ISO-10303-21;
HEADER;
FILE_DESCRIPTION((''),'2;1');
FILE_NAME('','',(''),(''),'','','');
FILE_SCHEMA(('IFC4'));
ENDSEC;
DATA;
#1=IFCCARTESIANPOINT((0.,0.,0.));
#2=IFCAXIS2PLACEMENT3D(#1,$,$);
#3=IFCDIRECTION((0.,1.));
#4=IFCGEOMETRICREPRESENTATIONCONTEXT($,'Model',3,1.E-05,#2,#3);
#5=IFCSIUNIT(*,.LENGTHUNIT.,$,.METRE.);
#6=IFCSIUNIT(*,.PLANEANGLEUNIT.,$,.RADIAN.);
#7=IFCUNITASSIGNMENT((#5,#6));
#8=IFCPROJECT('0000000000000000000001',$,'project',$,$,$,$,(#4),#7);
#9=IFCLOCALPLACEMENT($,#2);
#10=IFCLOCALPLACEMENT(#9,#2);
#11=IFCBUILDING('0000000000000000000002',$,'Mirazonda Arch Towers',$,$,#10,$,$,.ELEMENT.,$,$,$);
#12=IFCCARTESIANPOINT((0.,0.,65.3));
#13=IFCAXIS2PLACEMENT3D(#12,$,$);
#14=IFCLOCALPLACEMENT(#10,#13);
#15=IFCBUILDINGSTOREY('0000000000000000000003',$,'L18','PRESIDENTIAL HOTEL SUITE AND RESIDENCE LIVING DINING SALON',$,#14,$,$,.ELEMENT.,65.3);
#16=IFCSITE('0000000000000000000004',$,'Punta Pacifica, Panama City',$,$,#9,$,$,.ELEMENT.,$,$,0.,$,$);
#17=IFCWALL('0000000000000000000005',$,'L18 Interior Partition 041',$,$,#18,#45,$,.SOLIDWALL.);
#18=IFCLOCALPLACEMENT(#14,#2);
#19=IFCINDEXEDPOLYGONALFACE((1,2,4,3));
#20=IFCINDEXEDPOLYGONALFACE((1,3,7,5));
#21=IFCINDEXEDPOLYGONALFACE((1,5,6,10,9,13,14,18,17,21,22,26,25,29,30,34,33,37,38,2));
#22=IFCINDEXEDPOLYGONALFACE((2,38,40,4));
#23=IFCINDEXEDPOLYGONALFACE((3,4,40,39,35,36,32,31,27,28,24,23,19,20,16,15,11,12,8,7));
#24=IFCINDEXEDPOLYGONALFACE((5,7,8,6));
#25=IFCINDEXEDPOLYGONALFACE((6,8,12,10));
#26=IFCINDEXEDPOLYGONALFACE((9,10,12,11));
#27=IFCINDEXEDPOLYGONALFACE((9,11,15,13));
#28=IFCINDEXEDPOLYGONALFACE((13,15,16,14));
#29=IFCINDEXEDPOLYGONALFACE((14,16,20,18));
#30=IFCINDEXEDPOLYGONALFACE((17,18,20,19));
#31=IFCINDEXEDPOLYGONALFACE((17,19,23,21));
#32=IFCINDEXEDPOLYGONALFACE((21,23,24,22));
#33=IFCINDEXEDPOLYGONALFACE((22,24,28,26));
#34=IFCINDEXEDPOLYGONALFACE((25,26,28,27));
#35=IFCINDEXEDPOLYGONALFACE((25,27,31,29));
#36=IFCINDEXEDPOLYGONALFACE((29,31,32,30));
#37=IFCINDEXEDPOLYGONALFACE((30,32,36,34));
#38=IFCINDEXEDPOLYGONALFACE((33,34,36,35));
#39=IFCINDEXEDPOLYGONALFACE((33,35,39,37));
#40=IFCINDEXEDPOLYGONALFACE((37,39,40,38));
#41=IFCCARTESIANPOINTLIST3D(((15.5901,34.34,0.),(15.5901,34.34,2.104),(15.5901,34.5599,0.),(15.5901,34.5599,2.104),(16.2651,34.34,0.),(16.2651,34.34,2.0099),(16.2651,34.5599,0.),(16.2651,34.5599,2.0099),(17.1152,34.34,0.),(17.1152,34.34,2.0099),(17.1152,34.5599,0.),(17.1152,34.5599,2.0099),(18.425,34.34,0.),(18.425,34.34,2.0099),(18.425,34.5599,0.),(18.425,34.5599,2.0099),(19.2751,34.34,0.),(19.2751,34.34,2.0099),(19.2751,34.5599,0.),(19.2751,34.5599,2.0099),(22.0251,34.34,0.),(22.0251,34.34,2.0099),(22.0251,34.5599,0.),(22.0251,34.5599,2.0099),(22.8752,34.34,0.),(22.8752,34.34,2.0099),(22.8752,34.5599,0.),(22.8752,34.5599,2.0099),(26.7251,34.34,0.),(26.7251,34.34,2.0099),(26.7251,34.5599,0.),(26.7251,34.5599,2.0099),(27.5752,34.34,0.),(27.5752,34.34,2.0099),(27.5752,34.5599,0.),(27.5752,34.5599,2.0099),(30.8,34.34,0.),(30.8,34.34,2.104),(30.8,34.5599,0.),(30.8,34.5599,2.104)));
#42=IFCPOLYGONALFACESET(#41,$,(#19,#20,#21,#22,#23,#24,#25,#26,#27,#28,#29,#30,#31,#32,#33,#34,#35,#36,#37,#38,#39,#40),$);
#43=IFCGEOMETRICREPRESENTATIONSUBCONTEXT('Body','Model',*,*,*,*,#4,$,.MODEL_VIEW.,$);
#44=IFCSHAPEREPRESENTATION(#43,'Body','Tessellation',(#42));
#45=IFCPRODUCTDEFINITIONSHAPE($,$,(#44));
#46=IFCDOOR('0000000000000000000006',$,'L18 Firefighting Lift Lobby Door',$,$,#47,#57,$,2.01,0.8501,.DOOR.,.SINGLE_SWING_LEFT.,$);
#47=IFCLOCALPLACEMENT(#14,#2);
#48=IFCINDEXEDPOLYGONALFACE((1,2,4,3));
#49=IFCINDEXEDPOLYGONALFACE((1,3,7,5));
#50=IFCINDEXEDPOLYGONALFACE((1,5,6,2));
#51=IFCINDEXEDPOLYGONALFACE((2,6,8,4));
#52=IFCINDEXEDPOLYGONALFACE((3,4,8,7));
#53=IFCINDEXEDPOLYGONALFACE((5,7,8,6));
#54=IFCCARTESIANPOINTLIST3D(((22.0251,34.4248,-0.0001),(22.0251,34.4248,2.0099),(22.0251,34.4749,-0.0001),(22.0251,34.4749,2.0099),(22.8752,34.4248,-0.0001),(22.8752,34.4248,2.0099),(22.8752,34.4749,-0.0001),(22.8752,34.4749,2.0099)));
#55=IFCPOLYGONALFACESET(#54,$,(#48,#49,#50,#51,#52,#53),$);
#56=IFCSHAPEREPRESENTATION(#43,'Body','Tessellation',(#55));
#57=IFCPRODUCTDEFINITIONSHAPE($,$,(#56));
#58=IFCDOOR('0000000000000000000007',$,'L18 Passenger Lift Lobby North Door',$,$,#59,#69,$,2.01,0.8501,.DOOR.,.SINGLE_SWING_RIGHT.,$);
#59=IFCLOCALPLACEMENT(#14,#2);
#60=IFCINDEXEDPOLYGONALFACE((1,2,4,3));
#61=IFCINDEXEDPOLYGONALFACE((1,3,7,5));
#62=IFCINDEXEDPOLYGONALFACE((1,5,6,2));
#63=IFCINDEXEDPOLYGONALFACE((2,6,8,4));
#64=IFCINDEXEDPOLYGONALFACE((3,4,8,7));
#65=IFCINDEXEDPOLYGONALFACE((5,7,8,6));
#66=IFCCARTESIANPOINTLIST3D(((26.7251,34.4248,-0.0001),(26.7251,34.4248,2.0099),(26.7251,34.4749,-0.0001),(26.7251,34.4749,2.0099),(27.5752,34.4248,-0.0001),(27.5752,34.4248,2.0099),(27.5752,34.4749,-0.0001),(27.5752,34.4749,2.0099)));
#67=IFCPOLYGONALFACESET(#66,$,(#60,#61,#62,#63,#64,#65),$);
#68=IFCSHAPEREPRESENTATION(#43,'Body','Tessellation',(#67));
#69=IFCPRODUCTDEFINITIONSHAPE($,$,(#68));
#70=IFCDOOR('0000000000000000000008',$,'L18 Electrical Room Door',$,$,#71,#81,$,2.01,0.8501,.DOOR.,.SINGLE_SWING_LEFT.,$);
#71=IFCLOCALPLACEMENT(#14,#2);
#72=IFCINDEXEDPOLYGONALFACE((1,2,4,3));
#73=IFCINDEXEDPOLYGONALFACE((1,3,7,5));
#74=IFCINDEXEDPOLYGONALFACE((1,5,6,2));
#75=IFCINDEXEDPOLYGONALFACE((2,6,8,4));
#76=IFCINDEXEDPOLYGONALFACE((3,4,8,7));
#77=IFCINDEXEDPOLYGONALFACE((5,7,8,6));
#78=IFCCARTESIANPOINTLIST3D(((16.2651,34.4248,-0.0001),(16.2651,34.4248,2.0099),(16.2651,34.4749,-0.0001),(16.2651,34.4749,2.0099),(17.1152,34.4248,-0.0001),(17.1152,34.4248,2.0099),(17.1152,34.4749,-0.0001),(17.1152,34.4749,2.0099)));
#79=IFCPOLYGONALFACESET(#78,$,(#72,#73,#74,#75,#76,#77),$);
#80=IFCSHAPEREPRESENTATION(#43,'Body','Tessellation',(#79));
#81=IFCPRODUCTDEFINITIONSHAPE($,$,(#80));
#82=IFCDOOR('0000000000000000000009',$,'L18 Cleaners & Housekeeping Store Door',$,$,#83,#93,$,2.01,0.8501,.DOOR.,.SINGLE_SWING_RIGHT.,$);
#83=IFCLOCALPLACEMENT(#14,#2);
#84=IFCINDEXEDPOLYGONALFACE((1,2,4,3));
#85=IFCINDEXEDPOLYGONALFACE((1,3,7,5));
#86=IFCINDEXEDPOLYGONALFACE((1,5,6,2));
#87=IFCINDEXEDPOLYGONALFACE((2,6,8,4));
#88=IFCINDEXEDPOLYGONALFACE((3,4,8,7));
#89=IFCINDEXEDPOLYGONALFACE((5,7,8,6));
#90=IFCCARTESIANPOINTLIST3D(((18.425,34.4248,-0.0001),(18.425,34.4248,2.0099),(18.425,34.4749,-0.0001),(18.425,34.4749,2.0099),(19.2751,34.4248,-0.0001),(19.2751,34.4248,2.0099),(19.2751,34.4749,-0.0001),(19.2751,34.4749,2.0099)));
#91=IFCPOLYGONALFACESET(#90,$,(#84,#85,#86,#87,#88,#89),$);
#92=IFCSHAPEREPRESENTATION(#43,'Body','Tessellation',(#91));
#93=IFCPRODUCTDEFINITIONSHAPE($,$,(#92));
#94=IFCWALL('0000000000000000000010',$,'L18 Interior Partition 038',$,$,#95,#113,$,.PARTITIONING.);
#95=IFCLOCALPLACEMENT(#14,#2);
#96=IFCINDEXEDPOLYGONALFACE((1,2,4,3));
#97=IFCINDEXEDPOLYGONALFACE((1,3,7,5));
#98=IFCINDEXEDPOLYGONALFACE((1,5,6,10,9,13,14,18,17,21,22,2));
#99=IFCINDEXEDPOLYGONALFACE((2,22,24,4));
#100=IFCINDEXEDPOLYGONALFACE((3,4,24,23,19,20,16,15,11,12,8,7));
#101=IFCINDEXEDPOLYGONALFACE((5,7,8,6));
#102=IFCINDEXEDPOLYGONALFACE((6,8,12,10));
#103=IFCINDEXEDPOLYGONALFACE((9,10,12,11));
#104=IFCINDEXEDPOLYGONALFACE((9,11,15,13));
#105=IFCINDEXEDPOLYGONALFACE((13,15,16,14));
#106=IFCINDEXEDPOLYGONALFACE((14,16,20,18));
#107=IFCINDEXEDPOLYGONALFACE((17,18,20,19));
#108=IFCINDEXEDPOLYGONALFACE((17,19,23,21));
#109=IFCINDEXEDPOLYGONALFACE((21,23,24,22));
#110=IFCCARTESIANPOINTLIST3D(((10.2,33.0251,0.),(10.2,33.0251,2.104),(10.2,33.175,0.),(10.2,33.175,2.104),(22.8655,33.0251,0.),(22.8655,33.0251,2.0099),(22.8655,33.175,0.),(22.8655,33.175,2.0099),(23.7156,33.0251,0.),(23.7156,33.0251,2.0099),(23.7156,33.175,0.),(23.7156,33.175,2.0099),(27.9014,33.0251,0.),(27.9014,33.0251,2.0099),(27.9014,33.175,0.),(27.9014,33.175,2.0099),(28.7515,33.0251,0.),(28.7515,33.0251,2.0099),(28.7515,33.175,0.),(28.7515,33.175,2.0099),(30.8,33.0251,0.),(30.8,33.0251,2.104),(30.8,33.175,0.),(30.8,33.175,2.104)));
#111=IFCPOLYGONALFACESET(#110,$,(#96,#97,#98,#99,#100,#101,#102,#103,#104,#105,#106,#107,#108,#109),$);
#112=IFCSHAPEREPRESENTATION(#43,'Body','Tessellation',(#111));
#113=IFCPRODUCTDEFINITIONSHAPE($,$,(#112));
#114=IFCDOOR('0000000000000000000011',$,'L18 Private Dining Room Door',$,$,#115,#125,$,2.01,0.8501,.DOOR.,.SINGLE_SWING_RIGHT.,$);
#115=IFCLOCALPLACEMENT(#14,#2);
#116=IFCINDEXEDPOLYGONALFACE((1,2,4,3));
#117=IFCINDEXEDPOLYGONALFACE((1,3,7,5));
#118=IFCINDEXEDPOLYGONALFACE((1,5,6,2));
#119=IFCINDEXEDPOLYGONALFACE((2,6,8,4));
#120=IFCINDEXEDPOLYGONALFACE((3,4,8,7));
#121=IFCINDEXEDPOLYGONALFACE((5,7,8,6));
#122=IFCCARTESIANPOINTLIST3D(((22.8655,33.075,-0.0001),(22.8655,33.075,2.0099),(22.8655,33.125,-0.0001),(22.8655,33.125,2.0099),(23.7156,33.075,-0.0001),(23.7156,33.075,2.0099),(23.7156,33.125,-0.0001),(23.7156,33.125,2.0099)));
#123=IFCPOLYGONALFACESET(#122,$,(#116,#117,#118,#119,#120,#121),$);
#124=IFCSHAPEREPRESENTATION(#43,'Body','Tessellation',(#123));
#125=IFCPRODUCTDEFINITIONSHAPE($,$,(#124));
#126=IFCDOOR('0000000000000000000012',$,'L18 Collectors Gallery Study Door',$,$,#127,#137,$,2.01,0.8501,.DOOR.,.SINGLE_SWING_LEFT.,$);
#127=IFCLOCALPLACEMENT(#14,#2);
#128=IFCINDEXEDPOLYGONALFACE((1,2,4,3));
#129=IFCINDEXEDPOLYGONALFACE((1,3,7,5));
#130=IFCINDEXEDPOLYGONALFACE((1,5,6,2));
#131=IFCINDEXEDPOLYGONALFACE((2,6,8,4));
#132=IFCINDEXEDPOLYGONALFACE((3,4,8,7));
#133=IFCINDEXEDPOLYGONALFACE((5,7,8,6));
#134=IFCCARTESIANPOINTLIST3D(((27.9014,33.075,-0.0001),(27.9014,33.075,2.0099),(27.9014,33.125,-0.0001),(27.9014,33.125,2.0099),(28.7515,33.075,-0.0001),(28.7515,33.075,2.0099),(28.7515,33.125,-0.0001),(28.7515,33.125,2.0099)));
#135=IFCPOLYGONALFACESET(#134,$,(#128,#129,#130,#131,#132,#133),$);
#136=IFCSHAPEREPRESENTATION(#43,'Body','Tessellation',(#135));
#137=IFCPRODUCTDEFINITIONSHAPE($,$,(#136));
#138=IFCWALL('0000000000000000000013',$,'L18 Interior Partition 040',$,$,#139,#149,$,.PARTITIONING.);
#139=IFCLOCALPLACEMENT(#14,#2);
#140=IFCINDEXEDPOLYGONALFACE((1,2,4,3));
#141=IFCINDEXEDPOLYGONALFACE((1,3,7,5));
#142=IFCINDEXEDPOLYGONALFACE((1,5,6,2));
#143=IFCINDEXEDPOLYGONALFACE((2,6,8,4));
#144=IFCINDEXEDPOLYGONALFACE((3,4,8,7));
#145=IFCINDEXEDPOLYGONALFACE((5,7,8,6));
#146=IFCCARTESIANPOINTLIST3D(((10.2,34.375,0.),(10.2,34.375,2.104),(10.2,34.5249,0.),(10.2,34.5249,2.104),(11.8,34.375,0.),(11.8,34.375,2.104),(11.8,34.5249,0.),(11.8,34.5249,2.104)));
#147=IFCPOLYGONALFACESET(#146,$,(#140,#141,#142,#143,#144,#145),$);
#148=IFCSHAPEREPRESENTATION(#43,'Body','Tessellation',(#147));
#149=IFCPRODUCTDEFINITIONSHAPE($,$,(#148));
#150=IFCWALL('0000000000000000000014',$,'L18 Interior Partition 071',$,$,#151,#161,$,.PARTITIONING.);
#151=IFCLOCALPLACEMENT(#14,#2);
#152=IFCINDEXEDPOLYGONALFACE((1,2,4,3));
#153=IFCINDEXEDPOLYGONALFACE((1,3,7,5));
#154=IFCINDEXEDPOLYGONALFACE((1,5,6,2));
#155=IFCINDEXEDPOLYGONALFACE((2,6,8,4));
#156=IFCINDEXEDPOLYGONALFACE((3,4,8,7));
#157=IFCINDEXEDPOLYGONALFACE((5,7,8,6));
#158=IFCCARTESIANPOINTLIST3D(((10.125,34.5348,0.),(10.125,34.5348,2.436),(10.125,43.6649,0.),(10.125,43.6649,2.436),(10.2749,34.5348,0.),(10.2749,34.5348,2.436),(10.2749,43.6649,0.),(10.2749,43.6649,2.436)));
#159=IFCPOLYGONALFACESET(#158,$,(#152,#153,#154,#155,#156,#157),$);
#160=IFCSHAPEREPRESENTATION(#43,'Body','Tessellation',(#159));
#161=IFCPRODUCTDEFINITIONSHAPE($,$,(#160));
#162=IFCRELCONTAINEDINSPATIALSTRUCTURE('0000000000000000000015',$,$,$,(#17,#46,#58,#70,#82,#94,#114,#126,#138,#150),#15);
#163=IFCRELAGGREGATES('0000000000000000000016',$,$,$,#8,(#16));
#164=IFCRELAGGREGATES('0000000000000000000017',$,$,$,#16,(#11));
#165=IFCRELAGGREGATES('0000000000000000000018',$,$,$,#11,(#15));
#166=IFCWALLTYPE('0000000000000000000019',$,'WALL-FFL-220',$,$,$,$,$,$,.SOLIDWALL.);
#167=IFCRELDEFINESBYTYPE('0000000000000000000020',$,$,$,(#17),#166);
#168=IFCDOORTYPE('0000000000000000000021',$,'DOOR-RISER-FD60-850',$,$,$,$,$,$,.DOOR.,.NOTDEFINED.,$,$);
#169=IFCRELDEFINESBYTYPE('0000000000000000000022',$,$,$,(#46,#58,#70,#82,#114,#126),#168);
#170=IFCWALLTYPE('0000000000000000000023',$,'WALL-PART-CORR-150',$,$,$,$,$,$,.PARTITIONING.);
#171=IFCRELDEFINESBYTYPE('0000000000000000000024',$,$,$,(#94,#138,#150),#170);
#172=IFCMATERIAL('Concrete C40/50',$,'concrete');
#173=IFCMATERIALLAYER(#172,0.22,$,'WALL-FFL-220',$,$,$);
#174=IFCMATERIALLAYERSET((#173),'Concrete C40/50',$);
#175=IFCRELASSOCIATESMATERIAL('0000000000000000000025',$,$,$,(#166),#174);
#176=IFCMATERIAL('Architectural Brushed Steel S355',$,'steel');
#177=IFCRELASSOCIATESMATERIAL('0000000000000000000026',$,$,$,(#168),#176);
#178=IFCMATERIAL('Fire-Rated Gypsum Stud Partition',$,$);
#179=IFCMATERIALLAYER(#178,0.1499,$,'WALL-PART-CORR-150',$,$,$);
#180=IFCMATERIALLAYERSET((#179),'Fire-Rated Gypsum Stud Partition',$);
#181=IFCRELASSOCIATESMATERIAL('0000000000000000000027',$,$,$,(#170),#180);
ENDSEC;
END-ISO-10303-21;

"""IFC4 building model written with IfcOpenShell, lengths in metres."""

from ifc_helpers import new_model, si_unit, direction, frame, frame_2d, origin, place, context, subcontext, project, spatial, rectangle, extrude, material, layer, layer_set, type_object, element, fill, save


model = new_model("IFC4")

# Units and contexts
model_context = context("Model", 3, precision=1e-05, world=origin(), true_north=direction((0.0, 1.0)))
body_context = subcontext(model_context, "Body", "Model", "MODEL_VIEW")
ifc_project = project(units=[si_unit("LENGTHUNIT", "METRE"), si_unit("PLANEANGLEUNIT", "RADIAN")], contexts=[model_context])

# Site, building, storey
site_placement = place(None, origin())
site = spatial("IfcSite", under=ifc_project, at=site_placement, Name="Punta Pacifica, Panama City", CompositionType="ELEMENT", RefElevation=0.0)
building_placement = place(site_placement, origin())
building = spatial("IfcBuilding", under=site, at=building_placement, Name="Mirazonda Arch Towers", CompositionType="ELEMENT")
storey_placement = place(building_placement, frame((0.0, 0.0, 65.3)))
storey = spatial("IfcBuildingStorey", under=building, at=storey_placement, Name="L18", Description="PRESIDENTIAL HOTEL SUITE AND RESIDENCE LIVING DINING SALON", CompositionType="ELEMENT", Elevation=65.3)

# Walls, openings, doors
ifc_material_1 = material(Name="Architectural Brushed Steel S355", Category="steel")
ifc_material_2 = material(Name="Concrete C40/50", Category="concrete")
ifc_layer_1 = layer(ifc_material_2, 0.22, Name="WALL-FFL-220")
ifc_layer_set_1 = layer_set([ifc_layer_1], Name="Concrete C40/50")
wall_type_1 = type_object("IfcWallType", Name="WALL-FFL-220", PredefinedType="SOLIDWALL", material=ifc_layer_set_1)
wall_1_placement = place(storey_placement, frame((15.5901, 34.45, 0.0), z_axis=(0.0, 0.0, 1.0), x_axis=(1.0, 0.0, 0.0)))
wall_1 = element("IfcWall", 1, at=wall_1_placement, inside=storey, type_object=wall_type_1, Name="L18 Interior Partition 041", PredefinedType="SOLIDWALL", context=body_context, shape_type="SweptSolid", body=[
    extrude(rectangle(XDim=15.21, YDim=0.22, at=frame_2d((7.605, 0.0))), origin(), (0.0, 0.0, 1.0), 2.104),
])
opening_1_placement = place(wall_1_placement, frame((6.4351, 0.0, 0.0)))
opening_1 = element("IfcOpeningElement", 2, at=opening_1_placement, cuts=wall_1, PredefinedType="OPENING", context=body_context, shape_type="SweptSolid", body=[
    extrude(rectangle(XDim=0.8501, YDim=2.01, at=frame_2d((0.425, 1.0049))), frame((0.0, 0.1199, 0.0), z_axis=(0.0, -1.0, 0.0), x_axis=(1.0, 0.0, 0.0)), (0.0, 0.0, 1.0), 0.24),
])
opening_2_placement = place(wall_1_placement, frame((11.135, 0.0, 0.0)))
opening_2 = element("IfcOpeningElement", 3, at=opening_2_placement, cuts=wall_1, PredefinedType="OPENING", context=body_context, shape_type="SweptSolid", body=[
    extrude(rectangle(XDim=0.8501, YDim=2.01, at=frame_2d((0.425, 1.0049))), frame((0.0, 0.1199, 0.0), z_axis=(0.0, -1.0, 0.0), x_axis=(1.0, 0.0, 0.0)), (0.0, 0.0, 1.0), 0.24),
])
opening_3_placement = place(wall_1_placement, frame((0.675, 0.0, 0.0)))
opening_3 = element("IfcOpeningElement", 4, at=opening_3_placement, cuts=wall_1, PredefinedType="OPENING", context=body_context, shape_type="SweptSolid", body=[
    extrude(rectangle(XDim=0.8501, YDim=2.01, at=frame_2d((0.425, 1.0049))), frame((0.0, 0.1199, 0.0), z_axis=(0.0, -1.0, 0.0), x_axis=(1.0, 0.0, 0.0)), (0.0, 0.0, 1.0), 0.24),
])
opening_4_placement = place(wall_1_placement, frame((2.835, 0.0, 0.0)))
opening_4 = element("IfcOpeningElement", 5, at=opening_4_placement, cuts=wall_1, PredefinedType="OPENING", context=body_context, shape_type="SweptSolid", body=[
    extrude(rectangle(XDim=0.8501, YDim=2.01, at=frame_2d((0.425, 1.0049))), frame((0.0, 0.1199, 0.0), z_axis=(0.0, -1.0, 0.0), x_axis=(1.0, 0.0, 0.0)), (0.0, 0.0, 1.0), 0.24),
])
door_type_1 = type_object("IfcDoorType", Name="DOOR-RISER-FD60-850", OperationType="NOTDEFINED", PredefinedType="DOOR", material=ifc_material_1)
door_1_placement = place(opening_1_placement, origin())
door_1 = element("IfcDoor", 6, at=door_1_placement, inside=storey, type_object=door_type_1, Name="L18 Firefighting Lift Lobby Door", OperationType="SINGLE_SWING_LEFT", OverallHeight=2.01, OverallWidth=0.8501, PredefinedType="DOOR", context=body_context, shape_type="SweptSolid", body=[
    extrude(rectangle(XDim=0.8501, YDim=2.01, at=frame_2d((0.425, 1.0049))), frame((0.0, 0.0249, 0.0), z_axis=(0.0, -1.0, 0.0), x_axis=(1.0, 0.0, 0.0)), (0.0, 0.0, 1.0), 0.05),
])
fill(opening_1, door_1)
door_2_placement = place(opening_2_placement, origin())
door_2 = element("IfcDoor", 7, at=door_2_placement, inside=storey, type_object=door_type_1, Name="L18 Passenger Lift Lobby North Door", OperationType="SINGLE_SWING_RIGHT", OverallHeight=2.01, OverallWidth=0.8501, PredefinedType="DOOR", context=body_context, shape_type="SweptSolid", body=[
    extrude(rectangle(XDim=0.8501, YDim=2.01, at=frame_2d((0.425, 1.0049))), frame((0.0, 0.0249, 0.0), z_axis=(0.0, -1.0, 0.0), x_axis=(1.0, 0.0, 0.0)), (0.0, 0.0, 1.0), 0.05),
])
fill(opening_2, door_2)
door_3_placement = place(opening_3_placement, origin())
door_3 = element("IfcDoor", 8, at=door_3_placement, inside=storey, type_object=door_type_1, Name="L18 Electrical Room Door", OperationType="SINGLE_SWING_LEFT", OverallHeight=2.01, OverallWidth=0.8501, PredefinedType="DOOR", context=body_context, shape_type="SweptSolid", body=[
    extrude(rectangle(XDim=0.8501, YDim=2.01, at=frame_2d((0.425, 1.0049))), frame((0.0, 0.0249, 0.0), z_axis=(0.0, -1.0, 0.0), x_axis=(1.0, 0.0, 0.0)), (0.0, 0.0, 1.0), 0.05),
])
fill(opening_3, door_3)
door_4_placement = place(opening_4_placement, origin())
door_4 = element("IfcDoor", 9, at=door_4_placement, inside=storey, type_object=door_type_1, Name="L18 Cleaners & Housekeeping Store Door", OperationType="SINGLE_SWING_RIGHT", OverallHeight=2.01, OverallWidth=0.8501, PredefinedType="DOOR", context=body_context, shape_type="SweptSolid", body=[
    extrude(rectangle(XDim=0.8501, YDim=2.01, at=frame_2d((0.425, 1.0049))), frame((0.0, 0.0249, 0.0), z_axis=(0.0, -1.0, 0.0), x_axis=(1.0, 0.0, 0.0)), (0.0, 0.0, 1.0), 0.05),
])
fill(opening_4, door_4)
ifc_material_3 = material(Name="Fire-Rated Gypsum Stud Partition")
ifc_layer_2 = layer(ifc_material_3, 0.1499, Name="WALL-PART-CORR-150")
ifc_layer_set_2 = layer_set([ifc_layer_2], Name="Fire-Rated Gypsum Stud Partition")
wall_type_2 = type_object("IfcWallType", Name="WALL-PART-CORR-150", PredefinedType="PARTITIONING", material=ifc_layer_set_2)
wall_2_placement = place(storey_placement, frame((10.2, 33.1001, 0.0), z_axis=(0.0, 0.0, 1.0), x_axis=(1.0, 0.0, 0.0)))
wall_2 = element("IfcWall", 10, at=wall_2_placement, inside=storey, type_object=wall_type_2, Name="L18 Interior Partition 038", PredefinedType="PARTITIONING", context=body_context, shape_type="SweptSolid", body=[
    extrude(rectangle(XDim=20.6001, YDim=0.1499, at=frame_2d((10.3, 0.0))), origin(), (0.0, 0.0, 1.0), 2.104),
])
opening_5_placement = place(wall_2_placement, frame((12.6655, 0.0, 0.0)))
opening_5 = element("IfcOpeningElement", 11, at=opening_5_placement, cuts=wall_2, PredefinedType="OPENING", context=body_context, shape_type="SweptSolid", body=[
    extrude(rectangle(XDim=0.8501, YDim=2.01, at=frame_2d((0.425, 1.0049))), frame((0.0, 0.085, 0.0), z_axis=(0.0, -1.0, 0.0), x_axis=(1.0, 0.0, 0.0)), (0.0, 0.0, 1.0), 0.1699),
])
opening_6_placement = place(wall_2_placement, frame((17.7014, 0.0, 0.0)))
opening_6 = element("IfcOpeningElement", 12, at=opening_6_placement, cuts=wall_2, PredefinedType="OPENING", context=body_context, shape_type="SweptSolid", body=[
    extrude(rectangle(XDim=0.8501, YDim=2.01, at=frame_2d((0.425, 1.0049))), frame((0.0, 0.085, 0.0), z_axis=(0.0, -1.0, 0.0), x_axis=(1.0, 0.0, 0.0)), (0.0, 0.0, 1.0), 0.1699),
])
door_5_placement = place(opening_5_placement, origin())
door_5 = element("IfcDoor", 13, at=door_5_placement, inside=storey, type_object=door_type_1, Name="L18 Private Dining Room Door", OperationType="SINGLE_SWING_RIGHT", OverallHeight=2.01, OverallWidth=0.8501, PredefinedType="DOOR", context=body_context, shape_type="SweptSolid", body=[
    extrude(rectangle(XDim=0.8501, YDim=2.01, at=frame_2d((0.425, 1.0049))), frame((0.0, 0.0249, 0.0), z_axis=(0.0, -1.0, 0.0), x_axis=(1.0, 0.0, 0.0)), (0.0, 0.0, 1.0), 0.05),
])
fill(opening_5, door_5)
door_6_placement = place(opening_6_placement, origin())
door_6 = element("IfcDoor", 14, at=door_6_placement, inside=storey, type_object=door_type_1, Name="L18 Collectors Gallery Study Door", OperationType="SINGLE_SWING_LEFT", OverallHeight=2.01, OverallWidth=0.8501, PredefinedType="DOOR", context=body_context, shape_type="SweptSolid", body=[
    extrude(rectangle(XDim=0.8501, YDim=2.01, at=frame_2d((0.425, 1.0049))), frame((0.0, 0.0249, 0.0), z_axis=(0.0, -1.0, 0.0), x_axis=(1.0, 0.0, 0.0)), (0.0, 0.0, 1.0), 0.05),
])
fill(opening_6, door_6)

# Walls
wall_3_placement = place(storey_placement, frame((10.2, 34.45, 0.0), z_axis=(0.0, 0.0, 1.0), x_axis=(1.0, 0.0, 0.0)))
element("IfcWall", 15, at=wall_3_placement, inside=storey, type_object=wall_type_2, Name="L18 Interior Partition 040", PredefinedType="PARTITIONING", context=body_context, shape_type="SweptSolid", body=[
    extrude(rectangle(XDim=1.6001, YDim=0.1499, at=frame_2d((0.8, 0.0))), origin(), (0.0, 0.0, 1.0), 2.104),
])
wall_4_placement = place(storey_placement, frame((10.2, 34.5349, 0.0), z_axis=(0.0, 0.0, 1.0), x_axis=(0.0, 1.0, 0.0)))
element("IfcWall", 16, at=wall_4_placement, inside=storey, type_object=wall_type_2, Name="L18 Interior Partition 071", PredefinedType="PARTITIONING", context=body_context, shape_type="SweptSolid", body=[
    extrude(rectangle(XDim=9.1301, YDim=0.1499, at=frame_2d((4.5649, 0.0))), origin(), (0.0, 0.0, 1.0), 2.436),
])

save(model, "model.ifc")
